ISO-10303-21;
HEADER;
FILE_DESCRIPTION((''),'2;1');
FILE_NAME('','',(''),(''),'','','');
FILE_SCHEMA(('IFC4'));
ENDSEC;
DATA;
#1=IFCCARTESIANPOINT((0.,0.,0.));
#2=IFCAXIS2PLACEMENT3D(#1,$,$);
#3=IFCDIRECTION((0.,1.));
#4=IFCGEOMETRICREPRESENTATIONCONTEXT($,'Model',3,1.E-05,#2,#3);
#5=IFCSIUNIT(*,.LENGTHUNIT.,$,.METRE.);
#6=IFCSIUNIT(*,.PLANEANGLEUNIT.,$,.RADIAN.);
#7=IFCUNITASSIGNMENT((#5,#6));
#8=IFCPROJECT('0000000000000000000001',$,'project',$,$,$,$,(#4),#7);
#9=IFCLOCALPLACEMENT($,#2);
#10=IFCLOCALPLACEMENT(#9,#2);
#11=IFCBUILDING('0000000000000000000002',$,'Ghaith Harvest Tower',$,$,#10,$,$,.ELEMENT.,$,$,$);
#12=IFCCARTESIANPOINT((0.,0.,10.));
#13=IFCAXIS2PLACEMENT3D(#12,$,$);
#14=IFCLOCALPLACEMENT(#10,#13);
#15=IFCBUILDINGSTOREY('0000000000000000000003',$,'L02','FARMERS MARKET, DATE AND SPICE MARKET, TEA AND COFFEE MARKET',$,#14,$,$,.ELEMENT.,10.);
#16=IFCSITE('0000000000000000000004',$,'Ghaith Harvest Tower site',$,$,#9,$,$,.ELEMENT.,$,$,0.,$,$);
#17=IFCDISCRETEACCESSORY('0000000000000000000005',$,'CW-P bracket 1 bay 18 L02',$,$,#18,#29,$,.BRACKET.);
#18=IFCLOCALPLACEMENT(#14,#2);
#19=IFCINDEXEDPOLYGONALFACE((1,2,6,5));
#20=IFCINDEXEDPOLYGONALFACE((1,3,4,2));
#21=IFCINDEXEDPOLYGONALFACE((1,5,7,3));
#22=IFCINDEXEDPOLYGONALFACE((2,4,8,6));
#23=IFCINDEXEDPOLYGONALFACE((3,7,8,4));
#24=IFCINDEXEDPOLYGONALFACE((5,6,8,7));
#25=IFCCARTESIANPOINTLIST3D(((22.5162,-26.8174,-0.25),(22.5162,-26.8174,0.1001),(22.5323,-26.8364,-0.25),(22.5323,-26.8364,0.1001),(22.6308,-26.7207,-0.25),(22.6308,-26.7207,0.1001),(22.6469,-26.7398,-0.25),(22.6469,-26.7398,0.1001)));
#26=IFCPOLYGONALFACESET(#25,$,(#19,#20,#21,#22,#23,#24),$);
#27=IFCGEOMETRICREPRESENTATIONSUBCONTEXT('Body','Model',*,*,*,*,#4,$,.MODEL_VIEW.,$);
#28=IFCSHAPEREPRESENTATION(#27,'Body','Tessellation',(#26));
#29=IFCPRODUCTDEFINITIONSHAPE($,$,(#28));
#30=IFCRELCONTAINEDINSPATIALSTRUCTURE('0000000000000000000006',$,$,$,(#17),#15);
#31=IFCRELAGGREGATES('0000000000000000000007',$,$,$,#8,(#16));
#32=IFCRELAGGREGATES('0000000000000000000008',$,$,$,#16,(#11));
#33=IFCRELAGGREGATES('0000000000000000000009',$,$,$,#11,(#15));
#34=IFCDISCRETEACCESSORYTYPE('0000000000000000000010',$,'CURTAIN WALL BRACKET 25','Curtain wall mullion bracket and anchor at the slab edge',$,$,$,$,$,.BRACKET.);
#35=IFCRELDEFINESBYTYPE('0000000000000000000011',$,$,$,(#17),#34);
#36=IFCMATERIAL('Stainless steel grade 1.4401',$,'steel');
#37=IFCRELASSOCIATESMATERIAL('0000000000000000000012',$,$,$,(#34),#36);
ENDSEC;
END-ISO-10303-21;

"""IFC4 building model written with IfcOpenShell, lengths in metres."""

from ifc_helpers import new_model, si_unit, direction, frame, origin, origin_2d, place, context, subcontext, project, spatial, rectangle, extrude, material, type_object, element, save


model = new_model("IFC4")

# Units and contexts
model_context = context("Model", 3, precision=1e-05, world=origin(), true_north=direction((0.0, 1.0)))
body_context = subcontext(model_context, "Body", "Model", "MODEL_VIEW")
ifc_project = project(units=[si_unit("LENGTHUNIT", "METRE"), si_unit("PLANEANGLEUNIT", "RADIAN")], contexts=[model_context])

# Site, building, storey
site_placement = place(None, origin())
site = spatial("IfcSite", under=ifc_project, at=site_placement, Name="Ghaith Harvest Tower site", CompositionType="ELEMENT", RefElevation=0.0)
building_placement = place(site_placement, origin())
building = spatial("IfcBuilding", under=site, at=building_placement, Name="Ghaith Harvest Tower", CompositionType="ELEMENT")
storey_placement = place(building_placement, frame((0.0, 0.0, 10.0)))
storey = spatial("IfcBuildingStorey", under=building, at=storey_placement, Name="L02", Description="FARMERS MARKET, DATE AND SPICE MARKET, TEA AND COFFEE MARKET", CompositionType="ELEMENT", Elevation=10.0)

# Discrete accessory
ifc_material_1 = material(Name="Stainless steel grade 1.4401", Category="steel")
discrete_accessory_type = type_object("IfcDiscreteAccessoryType", Name="CURTAIN WALL BRACKET 25", Description="Curtain wall mullion bracket and anchor at the slab edge", PredefinedType="BRACKET", material=ifc_material_1)
discrete_accessory_placement = place(storey_placement, frame((22.5815, -26.7786, -0.25), z_axis=(0.0, 0.0, 1.0), x_axis=(0.644657, -0.764472, 0.0)))
element("IfcDiscreteAccessory", 1, at=discrete_accessory_placement, inside=storey, type_object=discrete_accessory_type, Name="CW-P bracket 1 bay 18 L02", PredefinedType="BRACKET", context=body_context, shape_type="SweptSolid", body=[
    extrude(rectangle(XDim=0.0249, YDim=0.1499, at=origin_2d()), origin(), (0.0, 0.0, 1.0), 0.3501),
])

save(model, "model.ifc")
